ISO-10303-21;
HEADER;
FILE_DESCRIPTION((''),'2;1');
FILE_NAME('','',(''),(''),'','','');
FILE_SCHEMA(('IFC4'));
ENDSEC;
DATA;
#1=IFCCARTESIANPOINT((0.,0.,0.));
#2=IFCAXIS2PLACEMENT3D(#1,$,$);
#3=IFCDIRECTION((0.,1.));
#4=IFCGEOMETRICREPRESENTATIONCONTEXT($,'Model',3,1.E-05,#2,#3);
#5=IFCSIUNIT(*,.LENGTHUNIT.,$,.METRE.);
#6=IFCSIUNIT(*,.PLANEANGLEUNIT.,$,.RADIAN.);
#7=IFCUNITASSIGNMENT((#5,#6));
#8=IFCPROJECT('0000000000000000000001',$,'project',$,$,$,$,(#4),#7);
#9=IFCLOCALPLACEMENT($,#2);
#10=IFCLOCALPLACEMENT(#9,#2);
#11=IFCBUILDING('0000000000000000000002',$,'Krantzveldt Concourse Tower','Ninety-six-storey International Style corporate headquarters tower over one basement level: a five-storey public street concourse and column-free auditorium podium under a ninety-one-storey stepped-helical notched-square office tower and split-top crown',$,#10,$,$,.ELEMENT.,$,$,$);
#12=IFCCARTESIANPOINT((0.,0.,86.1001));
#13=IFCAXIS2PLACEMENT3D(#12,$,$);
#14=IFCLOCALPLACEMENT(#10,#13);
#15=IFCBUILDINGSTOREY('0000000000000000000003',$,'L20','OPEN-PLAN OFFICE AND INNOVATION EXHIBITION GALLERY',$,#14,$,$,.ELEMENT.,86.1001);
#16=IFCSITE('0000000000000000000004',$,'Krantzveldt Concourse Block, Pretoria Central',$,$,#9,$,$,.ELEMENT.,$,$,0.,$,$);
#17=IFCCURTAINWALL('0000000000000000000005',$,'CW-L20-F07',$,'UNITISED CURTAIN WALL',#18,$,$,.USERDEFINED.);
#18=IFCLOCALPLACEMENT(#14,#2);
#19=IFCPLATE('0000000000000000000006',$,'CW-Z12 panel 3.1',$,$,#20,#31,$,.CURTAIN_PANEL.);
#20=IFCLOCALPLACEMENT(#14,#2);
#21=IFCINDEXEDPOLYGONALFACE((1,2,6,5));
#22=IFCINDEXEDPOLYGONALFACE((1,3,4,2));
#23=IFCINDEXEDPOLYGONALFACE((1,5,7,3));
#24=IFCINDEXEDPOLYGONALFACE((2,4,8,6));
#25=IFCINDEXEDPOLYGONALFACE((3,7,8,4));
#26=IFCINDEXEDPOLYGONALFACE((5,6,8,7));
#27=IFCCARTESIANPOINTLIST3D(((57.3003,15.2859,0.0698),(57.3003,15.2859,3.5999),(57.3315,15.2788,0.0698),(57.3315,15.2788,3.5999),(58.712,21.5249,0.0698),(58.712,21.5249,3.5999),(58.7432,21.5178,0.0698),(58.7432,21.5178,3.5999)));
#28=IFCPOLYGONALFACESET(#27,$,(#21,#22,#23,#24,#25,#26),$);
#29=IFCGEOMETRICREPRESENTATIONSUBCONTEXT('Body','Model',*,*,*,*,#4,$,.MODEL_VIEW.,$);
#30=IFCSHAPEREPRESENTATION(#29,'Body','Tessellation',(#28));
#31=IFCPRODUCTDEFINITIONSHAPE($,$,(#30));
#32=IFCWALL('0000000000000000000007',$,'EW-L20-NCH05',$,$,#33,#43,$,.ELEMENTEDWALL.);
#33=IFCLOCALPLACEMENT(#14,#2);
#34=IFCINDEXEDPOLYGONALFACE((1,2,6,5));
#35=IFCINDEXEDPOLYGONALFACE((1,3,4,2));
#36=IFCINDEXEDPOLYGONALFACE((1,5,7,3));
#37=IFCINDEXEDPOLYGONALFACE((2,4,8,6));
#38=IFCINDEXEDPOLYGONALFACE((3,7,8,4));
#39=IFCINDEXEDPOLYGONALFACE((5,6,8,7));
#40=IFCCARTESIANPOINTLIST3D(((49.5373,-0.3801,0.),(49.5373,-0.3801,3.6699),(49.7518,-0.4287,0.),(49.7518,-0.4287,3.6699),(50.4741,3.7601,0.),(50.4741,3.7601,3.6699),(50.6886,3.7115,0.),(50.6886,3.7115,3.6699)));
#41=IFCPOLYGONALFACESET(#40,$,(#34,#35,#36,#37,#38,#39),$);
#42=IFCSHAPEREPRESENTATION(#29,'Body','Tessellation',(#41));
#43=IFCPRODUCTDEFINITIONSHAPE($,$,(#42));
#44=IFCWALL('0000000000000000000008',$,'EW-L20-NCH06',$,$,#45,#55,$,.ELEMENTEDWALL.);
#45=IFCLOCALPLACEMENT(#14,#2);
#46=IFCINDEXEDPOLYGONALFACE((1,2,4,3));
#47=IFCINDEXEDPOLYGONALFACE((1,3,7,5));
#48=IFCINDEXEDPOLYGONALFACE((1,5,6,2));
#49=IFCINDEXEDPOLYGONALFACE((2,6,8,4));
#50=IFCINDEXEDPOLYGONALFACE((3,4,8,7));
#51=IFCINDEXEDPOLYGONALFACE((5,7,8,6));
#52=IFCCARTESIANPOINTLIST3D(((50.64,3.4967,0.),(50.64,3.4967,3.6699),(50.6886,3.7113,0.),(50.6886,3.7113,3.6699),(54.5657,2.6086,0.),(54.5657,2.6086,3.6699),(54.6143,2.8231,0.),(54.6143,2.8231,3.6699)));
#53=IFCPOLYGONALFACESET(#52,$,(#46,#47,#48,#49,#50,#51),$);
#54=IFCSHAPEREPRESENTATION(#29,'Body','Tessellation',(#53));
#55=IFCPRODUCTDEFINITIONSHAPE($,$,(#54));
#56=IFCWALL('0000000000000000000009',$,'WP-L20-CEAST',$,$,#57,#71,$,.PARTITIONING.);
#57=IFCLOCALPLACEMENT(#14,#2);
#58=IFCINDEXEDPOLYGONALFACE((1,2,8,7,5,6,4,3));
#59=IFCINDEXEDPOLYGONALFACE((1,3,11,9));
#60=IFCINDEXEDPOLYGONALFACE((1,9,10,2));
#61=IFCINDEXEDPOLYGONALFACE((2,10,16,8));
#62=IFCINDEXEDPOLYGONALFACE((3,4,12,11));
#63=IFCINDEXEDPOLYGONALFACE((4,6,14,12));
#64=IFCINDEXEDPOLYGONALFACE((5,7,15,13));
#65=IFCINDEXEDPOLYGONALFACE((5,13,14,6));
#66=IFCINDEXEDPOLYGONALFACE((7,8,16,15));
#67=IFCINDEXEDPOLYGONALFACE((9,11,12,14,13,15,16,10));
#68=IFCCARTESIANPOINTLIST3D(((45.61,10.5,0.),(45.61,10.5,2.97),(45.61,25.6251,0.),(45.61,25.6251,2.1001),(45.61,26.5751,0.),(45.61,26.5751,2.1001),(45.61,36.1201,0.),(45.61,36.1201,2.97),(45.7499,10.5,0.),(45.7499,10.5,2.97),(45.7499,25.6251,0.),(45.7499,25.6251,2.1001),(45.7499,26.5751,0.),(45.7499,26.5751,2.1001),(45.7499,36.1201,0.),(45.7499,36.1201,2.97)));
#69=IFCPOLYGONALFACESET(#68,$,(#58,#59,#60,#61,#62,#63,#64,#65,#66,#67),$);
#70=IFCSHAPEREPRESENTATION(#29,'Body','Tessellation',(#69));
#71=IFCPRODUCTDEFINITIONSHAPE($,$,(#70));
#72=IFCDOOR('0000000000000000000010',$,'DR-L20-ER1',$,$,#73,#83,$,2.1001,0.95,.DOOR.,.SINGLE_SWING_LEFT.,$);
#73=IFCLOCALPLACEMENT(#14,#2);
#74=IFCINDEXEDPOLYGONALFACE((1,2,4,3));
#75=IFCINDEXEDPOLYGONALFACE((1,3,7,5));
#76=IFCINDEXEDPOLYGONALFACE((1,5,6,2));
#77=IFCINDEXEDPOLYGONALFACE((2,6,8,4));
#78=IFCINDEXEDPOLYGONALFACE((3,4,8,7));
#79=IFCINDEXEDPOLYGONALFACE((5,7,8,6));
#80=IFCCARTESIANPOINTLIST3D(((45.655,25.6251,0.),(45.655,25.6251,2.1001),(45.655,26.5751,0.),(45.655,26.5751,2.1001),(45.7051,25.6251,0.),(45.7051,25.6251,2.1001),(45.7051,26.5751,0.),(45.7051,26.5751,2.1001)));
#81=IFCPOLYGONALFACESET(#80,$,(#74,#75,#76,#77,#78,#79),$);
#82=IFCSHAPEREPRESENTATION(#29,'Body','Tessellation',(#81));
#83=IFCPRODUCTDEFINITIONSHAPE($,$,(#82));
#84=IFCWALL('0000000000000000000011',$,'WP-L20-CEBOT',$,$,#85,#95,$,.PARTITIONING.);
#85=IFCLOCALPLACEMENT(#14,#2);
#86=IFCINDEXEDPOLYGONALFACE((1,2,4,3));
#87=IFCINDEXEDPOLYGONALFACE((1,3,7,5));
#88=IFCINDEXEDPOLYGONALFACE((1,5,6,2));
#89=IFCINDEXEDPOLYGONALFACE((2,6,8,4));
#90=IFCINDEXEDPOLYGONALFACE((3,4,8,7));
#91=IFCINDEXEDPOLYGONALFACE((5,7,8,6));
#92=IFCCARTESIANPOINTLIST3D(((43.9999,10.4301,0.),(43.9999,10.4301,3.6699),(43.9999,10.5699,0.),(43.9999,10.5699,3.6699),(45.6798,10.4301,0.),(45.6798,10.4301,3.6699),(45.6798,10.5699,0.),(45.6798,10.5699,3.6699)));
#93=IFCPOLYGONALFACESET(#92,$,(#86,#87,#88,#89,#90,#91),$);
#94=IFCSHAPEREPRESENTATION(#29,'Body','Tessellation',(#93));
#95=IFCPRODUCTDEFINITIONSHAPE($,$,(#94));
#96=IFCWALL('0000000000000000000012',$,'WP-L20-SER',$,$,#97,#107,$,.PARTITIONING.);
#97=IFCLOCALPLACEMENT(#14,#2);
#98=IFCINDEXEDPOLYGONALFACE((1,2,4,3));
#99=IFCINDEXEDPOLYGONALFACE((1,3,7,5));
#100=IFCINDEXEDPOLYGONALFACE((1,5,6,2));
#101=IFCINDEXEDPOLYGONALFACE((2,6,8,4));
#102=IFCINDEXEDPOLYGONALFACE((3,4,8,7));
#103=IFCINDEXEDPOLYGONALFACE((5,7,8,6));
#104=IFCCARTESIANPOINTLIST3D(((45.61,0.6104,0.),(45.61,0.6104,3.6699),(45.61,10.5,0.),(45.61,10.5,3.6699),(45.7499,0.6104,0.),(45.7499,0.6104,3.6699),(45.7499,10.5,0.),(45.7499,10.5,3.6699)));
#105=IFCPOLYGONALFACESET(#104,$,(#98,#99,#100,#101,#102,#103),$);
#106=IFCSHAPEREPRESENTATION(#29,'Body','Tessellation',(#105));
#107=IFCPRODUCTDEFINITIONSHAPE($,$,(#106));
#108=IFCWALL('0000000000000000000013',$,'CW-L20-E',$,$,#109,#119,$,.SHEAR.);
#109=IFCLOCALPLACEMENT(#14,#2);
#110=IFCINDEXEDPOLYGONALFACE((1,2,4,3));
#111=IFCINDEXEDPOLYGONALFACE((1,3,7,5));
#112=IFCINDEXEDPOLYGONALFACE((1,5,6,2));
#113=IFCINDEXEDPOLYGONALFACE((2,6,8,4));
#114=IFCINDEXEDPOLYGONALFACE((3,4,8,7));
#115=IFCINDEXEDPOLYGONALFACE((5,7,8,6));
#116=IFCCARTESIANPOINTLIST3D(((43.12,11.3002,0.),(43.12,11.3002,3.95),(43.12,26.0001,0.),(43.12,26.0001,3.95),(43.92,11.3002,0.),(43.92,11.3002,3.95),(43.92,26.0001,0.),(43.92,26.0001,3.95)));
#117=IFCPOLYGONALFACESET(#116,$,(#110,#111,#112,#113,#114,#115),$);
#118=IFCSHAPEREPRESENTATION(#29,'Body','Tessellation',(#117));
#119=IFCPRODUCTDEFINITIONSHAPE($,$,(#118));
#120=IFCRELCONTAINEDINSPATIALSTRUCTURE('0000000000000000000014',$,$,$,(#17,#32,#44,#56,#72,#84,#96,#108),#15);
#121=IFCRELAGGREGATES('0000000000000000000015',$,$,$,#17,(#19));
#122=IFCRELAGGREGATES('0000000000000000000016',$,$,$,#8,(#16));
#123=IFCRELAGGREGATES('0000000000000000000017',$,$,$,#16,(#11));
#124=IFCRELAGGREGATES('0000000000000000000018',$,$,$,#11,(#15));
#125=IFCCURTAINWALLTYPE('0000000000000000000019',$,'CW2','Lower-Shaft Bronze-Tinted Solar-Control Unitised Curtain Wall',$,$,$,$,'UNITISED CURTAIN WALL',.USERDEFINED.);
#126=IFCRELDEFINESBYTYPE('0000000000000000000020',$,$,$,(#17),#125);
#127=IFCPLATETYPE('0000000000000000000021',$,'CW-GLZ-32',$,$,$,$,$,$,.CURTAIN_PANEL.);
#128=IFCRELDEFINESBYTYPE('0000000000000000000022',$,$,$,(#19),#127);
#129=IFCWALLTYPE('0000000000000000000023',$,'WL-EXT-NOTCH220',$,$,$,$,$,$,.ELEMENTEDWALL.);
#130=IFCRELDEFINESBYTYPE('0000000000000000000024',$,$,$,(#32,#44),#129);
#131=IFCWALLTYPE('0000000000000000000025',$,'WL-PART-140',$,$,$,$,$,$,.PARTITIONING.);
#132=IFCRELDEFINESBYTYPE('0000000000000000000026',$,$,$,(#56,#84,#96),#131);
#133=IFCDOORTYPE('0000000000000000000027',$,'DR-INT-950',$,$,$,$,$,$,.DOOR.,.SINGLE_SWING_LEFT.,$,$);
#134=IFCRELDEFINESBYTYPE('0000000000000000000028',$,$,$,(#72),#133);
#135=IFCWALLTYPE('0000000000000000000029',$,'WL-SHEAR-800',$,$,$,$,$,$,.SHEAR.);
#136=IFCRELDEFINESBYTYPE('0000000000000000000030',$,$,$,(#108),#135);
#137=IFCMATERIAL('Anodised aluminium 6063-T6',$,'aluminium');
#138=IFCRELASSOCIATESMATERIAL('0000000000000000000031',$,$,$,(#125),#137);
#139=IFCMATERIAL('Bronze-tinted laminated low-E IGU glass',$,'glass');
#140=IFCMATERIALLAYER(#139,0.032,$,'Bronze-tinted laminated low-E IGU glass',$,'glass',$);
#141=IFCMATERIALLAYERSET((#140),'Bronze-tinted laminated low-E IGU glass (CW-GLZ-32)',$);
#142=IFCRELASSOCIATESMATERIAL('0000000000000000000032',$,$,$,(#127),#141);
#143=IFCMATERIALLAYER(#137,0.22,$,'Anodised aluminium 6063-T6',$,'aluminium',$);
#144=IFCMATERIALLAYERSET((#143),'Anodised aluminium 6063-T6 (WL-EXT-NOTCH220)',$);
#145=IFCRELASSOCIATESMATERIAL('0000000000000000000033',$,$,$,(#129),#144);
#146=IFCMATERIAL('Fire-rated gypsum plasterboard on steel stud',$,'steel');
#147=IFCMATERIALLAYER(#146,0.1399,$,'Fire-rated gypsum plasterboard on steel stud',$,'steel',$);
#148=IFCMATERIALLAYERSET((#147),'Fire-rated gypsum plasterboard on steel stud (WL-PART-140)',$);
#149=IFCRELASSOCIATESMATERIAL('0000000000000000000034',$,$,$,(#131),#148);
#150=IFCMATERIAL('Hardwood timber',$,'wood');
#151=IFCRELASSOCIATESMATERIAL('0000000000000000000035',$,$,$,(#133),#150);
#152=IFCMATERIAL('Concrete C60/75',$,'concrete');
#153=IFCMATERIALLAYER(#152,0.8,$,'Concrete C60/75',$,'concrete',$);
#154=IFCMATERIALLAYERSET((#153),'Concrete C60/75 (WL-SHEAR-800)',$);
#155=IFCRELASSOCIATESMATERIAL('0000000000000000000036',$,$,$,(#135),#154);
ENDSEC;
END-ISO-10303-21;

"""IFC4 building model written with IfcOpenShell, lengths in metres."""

from ifc_helpers import new_model, si_unit, direction, frame, frame_2d, origin, origin_2d, place, context, subcontext, project, spatial, rectangle, extrude, source, transform, mapped, material, layer, layer_set, type_object, element, fill, aggregate, save


model = new_model("IFC4")

# Units and contexts
model_context = context("Model", 3, precision=1e-05, world=origin(), true_north=direction((0.0, 1.0)))
body_context = subcontext(model_context, "Body", "Model", "MODEL_VIEW")
ifc_project = project(units=[si_unit("LENGTHUNIT", "METRE"), si_unit("PLANEANGLEUNIT", "RADIAN")], contexts=[model_context])

# Site, building, storey
site_placement = place(None, origin())
site = spatial("IfcSite", under=ifc_project, at=site_placement, Name="Krantzveldt Concourse Block, Pretoria Central", CompositionType="ELEMENT", RefElevation=0.0)
building_placement = place(site_placement, origin())
building = spatial("IfcBuilding", under=site, at=building_placement, Name="Krantzveldt Concourse Tower", Description="Ninety-six-storey International Style corporate headquarters tower over one basement level: a five-storey public street concourse and column-free auditorium podium under a ninety-one-storey stepped-helical notched-square office tower and split-top crown", CompositionType="ELEMENT")
storey_placement = place(building_placement, frame((0.0, 0.0, 86.1001)))
storey = spatial("IfcBuildingStorey", under=building, at=storey_placement, Name="L20", Description="OPEN-PLAN OFFICE AND INNOVATION EXHIBITION GALLERY", CompositionType="ELEMENT", Elevation=86.1001)

# Shared definitions
ifc_material_1 = material(Name="Concrete C60/75", Category="concrete")

# Shared definitions
ifc_material_2 = material(Name="Anodised aluminium 6063-T6", Category="aluminium")
curtain_wall_type = type_object("IfcCurtainWallType", Name="CW2", Description="Lower-Shaft Bronze-Tinted Solar-Control Unitised Curtain Wall", ElementType="UNITISED CURTAIN WALL", PredefinedType="USERDEFINED", material=ifc_material_2)

# Curtain wall
curtain_wall_1_placement = place(storey_placement, origin())
curtain_wall_1 = element("IfcCurtainWall", 1, at=curtain_wall_1_placement, inside=storey, type_object=curtain_wall_type, Name="CW-L20-F07", ObjectType="UNITISED CURTAIN WALL", PredefinedType="USERDEFINED")

# Plate
ifc_material_3 = material(Name="Bronze-tinted laminated low-E IGU glass", Category="glass")
ifc_layer_1 = layer(ifc_material_3, 0.032, Name="Bronze-tinted laminated low-E IGU glass", Category="glass")
ifc_layer_set_1 = layer_set([ifc_layer_1], Name="Bronze-tinted laminated low-E IGU glass (CW-GLZ-32)")
plate_type = type_object("IfcPlateType", Name="CW-GLZ-32", PredefinedType="CURTAIN_PANEL", material=ifc_layer_set_1)
shared_shape_1 = source(origin(), body_context, "Body", "SweptSolid", [
    extrude(rectangle(XDim=6.3967, YDim=0.032, at=origin_2d()), origin(), (0.0, 0.0, 1.0), 3.53),
])
plate_1_placement = place(storey_placement, frame((58.0217, 18.4019, 0.0698), z_axis=(0.0, 0.0, 1.0), x_axis=(0.220697, 0.975342, 0.0)))
plate_1 = element("IfcPlate", 2, at=plate_1_placement, type_object=plate_type, Name="CW-Z12 panel 3.1", PredefinedType="CURTAIN_PANEL", context=body_context, shape_type="MappedRepresentation", body=[
    mapped(shared_shape_1, transform((0.0, 0.0, 0.0), x_axis=(1.0, 0.0, 0.0), y_axis=(0.0, 1.0, 0.0), z_axis=(0.0, 0.0, 1.0), scale=1.0)),
])
aggregate(curtain_wall_1, [plate_1])

# Walls
ifc_layer_2 = layer(ifc_material_2, 0.22, Name="Anodised aluminium 6063-T6", Category="aluminium")
ifc_layer_set_2 = layer_set([ifc_layer_2], Name="Anodised aluminium 6063-T6 (WL-EXT-NOTCH220)")
wall_type_1 = type_object("IfcWallType", Name="WL-EXT-NOTCH220", PredefinedType="ELEMENTEDWALL", material=ifc_layer_set_2)
wall_1_placement = place(storey_placement, frame((49.6445, -0.4045, 0.0), z_axis=(0.0, 0.0, 1.0), x_axis=(0.220686, 0.975345, 0.0)))
element("IfcWall", 3, at=wall_1_placement, inside=storey, type_object=wall_type_1, Name="EW-L20-NCH05", PredefinedType="ELEMENTEDWALL", context=body_context, shape_type="SweptSolid", body=[
    extrude(rectangle(XDim=4.2449, YDim=0.22, at=frame_2d((2.1226, 0.0))), origin(), (0.0, 0.0, 1.0), 3.6699),
])
wall_2_placement = place(storey_placement, frame((50.6643, 3.604, 0.0), z_axis=(0.0, 0.0, 1.0), x_axis=(0.975349, -0.220667, 0.0)))
element("IfcWall", 4, at=wall_2_placement, inside=storey, type_object=wall_type_1, Name="EW-L20-NCH06", PredefinedType="ELEMENTEDWALL", context=body_context, shape_type="SweptSolid", body=[
    extrude(rectangle(XDim=4.0249, YDim=0.22, at=frame_2d((2.0125, 0.0))), origin(), (0.0, 0.0, 1.0), 3.6699),
])

# Wall, opening, door
ifc_material_4 = material(Name="Fire-rated gypsum plasterboard on steel stud", Category="steel")
ifc_layer_3 = layer(ifc_material_4, 0.1399, Name="Fire-rated gypsum plasterboard on steel stud", Category="steel")
ifc_layer_set_3 = layer_set([ifc_layer_3], Name="Fire-rated gypsum plasterboard on steel stud (WL-PART-140)")
wall_type_2 = type_object("IfcWallType", Name="WL-PART-140", PredefinedType="PARTITIONING", material=ifc_layer_set_3)
wall_3_placement = place(storey_placement, frame((45.6799, 10.5, 0.0), z_axis=(0.0, 0.0, 1.0), x_axis=(0.0, 1.0, 0.0)))
wall_3 = element("IfcWall", 5, at=wall_3_placement, inside=storey, type_object=wall_type_2, Name="WP-L20-CEAST", PredefinedType="PARTITIONING", context=body_context, shape_type="SweptSolid", body=[
    extrude(rectangle(XDim=25.6201, YDim=0.1399, at=frame_2d((12.8101, 0.0))), origin(), (0.0, 0.0, 1.0), 2.97),
])
opening_placement = place(wall_3_placement, frame((15.125, 0.0, 0.0)))
opening = element("IfcOpeningElement", 6, at=opening_placement, cuts=wall_3, PredefinedType="OPENING", context=body_context, shape_type="SweptSolid", body=[
    extrude(rectangle(XDim=0.95, YDim=2.1001, at=frame_2d((0.4751, 1.05))), frame((0.0, 0.0801, 0.0), z_axis=(0.0, -1.0, 0.0), x_axis=(1.0, 0.0, 0.0)), (0.0, 0.0, 1.0), 0.1599),
])
ifc_material_5 = material(Name="Hardwood timber", Category="wood")
door_type = type_object("IfcDoorType", Name="DR-INT-950", OperationType="SINGLE_SWING_LEFT", PredefinedType="DOOR", material=ifc_material_5)
door_placement = place(opening_placement, origin())
door = element("IfcDoor", 7, at=door_placement, inside=storey, type_object=door_type, Name="DR-L20-ER1", OperationType="SINGLE_SWING_LEFT", OverallHeight=2.1001, OverallWidth=0.95, PredefinedType="DOOR", context=body_context, shape_type="SweptSolid", body=[
    extrude(rectangle(XDim=0.95, YDim=2.1001, at=frame_2d((0.4751, 1.05))), frame((0.0, 0.0249, 0.0), z_axis=(0.0, -1.0, 0.0), x_axis=(1.0, 0.0, 0.0)), (0.0, 0.0, 1.0), 0.05),
])
fill(opening, door)

# Walls
wall_4_placement = place(storey_placement, frame((44.0, 10.5, 0.0), z_axis=(0.0, 0.0, 1.0), x_axis=(1.0, 0.0, 0.0)))
element("IfcWall", 8, at=wall_4_placement, inside=storey, type_object=wall_type_2, Name="WP-L20-CEBOT", PredefinedType="PARTITIONING", context=body_context, shape_type="SweptSolid", body=[
    extrude(rectangle(XDim=1.6799, YDim=0.1399, at=frame_2d((0.8398, 0.0))), origin(), (0.0, 0.0, 1.0), 3.6699),
])
wall_5_placement = place(storey_placement, frame((45.6799, 0.6104, 0.0), z_axis=(0.0, 0.0, 1.0), x_axis=(0.0, 1.0, 0.0)))
element("IfcWall", 9, at=wall_5_placement, inside=storey, type_object=wall_type_2, Name="WP-L20-SER", PredefinedType="PARTITIONING", context=body_context, shape_type="SweptSolid", body=[
    extrude(rectangle(XDim=9.8896, YDim=0.1399, at=frame_2d((4.9448, 0.0))), origin(), (0.0, 0.0, 1.0), 3.6699),
])
ifc_layer_4 = layer(ifc_material_1, 0.8, Name="Concrete C60/75", Category="concrete")
ifc_layer_set_4 = layer_set([ifc_layer_4], Name="Concrete C60/75 (WL-SHEAR-800)")
wall_type_3 = type_object("IfcWallType", Name="WL-SHEAR-800", PredefinedType="SHEAR", material=ifc_layer_set_4)
wall_6_placement = place(storey_placement, frame((43.52, 11.3, 0.0), z_axis=(0.0, 0.0, 1.0), x_axis=(0.0, 1.0, 0.0)))
element("IfcWall", 10, at=wall_6_placement, inside=storey, type_object=wall_type_3, Name="CW-L20-E", PredefinedType="SHEAR", context=body_context, shape_type="SweptSolid", body=[
    extrude(rectangle(XDim=14.7, YDim=0.8, at=frame_2d((7.3501, 0.0))), origin(), (0.0, 0.0, 1.0), 3.95),
])

save(model, "model.ifc")
